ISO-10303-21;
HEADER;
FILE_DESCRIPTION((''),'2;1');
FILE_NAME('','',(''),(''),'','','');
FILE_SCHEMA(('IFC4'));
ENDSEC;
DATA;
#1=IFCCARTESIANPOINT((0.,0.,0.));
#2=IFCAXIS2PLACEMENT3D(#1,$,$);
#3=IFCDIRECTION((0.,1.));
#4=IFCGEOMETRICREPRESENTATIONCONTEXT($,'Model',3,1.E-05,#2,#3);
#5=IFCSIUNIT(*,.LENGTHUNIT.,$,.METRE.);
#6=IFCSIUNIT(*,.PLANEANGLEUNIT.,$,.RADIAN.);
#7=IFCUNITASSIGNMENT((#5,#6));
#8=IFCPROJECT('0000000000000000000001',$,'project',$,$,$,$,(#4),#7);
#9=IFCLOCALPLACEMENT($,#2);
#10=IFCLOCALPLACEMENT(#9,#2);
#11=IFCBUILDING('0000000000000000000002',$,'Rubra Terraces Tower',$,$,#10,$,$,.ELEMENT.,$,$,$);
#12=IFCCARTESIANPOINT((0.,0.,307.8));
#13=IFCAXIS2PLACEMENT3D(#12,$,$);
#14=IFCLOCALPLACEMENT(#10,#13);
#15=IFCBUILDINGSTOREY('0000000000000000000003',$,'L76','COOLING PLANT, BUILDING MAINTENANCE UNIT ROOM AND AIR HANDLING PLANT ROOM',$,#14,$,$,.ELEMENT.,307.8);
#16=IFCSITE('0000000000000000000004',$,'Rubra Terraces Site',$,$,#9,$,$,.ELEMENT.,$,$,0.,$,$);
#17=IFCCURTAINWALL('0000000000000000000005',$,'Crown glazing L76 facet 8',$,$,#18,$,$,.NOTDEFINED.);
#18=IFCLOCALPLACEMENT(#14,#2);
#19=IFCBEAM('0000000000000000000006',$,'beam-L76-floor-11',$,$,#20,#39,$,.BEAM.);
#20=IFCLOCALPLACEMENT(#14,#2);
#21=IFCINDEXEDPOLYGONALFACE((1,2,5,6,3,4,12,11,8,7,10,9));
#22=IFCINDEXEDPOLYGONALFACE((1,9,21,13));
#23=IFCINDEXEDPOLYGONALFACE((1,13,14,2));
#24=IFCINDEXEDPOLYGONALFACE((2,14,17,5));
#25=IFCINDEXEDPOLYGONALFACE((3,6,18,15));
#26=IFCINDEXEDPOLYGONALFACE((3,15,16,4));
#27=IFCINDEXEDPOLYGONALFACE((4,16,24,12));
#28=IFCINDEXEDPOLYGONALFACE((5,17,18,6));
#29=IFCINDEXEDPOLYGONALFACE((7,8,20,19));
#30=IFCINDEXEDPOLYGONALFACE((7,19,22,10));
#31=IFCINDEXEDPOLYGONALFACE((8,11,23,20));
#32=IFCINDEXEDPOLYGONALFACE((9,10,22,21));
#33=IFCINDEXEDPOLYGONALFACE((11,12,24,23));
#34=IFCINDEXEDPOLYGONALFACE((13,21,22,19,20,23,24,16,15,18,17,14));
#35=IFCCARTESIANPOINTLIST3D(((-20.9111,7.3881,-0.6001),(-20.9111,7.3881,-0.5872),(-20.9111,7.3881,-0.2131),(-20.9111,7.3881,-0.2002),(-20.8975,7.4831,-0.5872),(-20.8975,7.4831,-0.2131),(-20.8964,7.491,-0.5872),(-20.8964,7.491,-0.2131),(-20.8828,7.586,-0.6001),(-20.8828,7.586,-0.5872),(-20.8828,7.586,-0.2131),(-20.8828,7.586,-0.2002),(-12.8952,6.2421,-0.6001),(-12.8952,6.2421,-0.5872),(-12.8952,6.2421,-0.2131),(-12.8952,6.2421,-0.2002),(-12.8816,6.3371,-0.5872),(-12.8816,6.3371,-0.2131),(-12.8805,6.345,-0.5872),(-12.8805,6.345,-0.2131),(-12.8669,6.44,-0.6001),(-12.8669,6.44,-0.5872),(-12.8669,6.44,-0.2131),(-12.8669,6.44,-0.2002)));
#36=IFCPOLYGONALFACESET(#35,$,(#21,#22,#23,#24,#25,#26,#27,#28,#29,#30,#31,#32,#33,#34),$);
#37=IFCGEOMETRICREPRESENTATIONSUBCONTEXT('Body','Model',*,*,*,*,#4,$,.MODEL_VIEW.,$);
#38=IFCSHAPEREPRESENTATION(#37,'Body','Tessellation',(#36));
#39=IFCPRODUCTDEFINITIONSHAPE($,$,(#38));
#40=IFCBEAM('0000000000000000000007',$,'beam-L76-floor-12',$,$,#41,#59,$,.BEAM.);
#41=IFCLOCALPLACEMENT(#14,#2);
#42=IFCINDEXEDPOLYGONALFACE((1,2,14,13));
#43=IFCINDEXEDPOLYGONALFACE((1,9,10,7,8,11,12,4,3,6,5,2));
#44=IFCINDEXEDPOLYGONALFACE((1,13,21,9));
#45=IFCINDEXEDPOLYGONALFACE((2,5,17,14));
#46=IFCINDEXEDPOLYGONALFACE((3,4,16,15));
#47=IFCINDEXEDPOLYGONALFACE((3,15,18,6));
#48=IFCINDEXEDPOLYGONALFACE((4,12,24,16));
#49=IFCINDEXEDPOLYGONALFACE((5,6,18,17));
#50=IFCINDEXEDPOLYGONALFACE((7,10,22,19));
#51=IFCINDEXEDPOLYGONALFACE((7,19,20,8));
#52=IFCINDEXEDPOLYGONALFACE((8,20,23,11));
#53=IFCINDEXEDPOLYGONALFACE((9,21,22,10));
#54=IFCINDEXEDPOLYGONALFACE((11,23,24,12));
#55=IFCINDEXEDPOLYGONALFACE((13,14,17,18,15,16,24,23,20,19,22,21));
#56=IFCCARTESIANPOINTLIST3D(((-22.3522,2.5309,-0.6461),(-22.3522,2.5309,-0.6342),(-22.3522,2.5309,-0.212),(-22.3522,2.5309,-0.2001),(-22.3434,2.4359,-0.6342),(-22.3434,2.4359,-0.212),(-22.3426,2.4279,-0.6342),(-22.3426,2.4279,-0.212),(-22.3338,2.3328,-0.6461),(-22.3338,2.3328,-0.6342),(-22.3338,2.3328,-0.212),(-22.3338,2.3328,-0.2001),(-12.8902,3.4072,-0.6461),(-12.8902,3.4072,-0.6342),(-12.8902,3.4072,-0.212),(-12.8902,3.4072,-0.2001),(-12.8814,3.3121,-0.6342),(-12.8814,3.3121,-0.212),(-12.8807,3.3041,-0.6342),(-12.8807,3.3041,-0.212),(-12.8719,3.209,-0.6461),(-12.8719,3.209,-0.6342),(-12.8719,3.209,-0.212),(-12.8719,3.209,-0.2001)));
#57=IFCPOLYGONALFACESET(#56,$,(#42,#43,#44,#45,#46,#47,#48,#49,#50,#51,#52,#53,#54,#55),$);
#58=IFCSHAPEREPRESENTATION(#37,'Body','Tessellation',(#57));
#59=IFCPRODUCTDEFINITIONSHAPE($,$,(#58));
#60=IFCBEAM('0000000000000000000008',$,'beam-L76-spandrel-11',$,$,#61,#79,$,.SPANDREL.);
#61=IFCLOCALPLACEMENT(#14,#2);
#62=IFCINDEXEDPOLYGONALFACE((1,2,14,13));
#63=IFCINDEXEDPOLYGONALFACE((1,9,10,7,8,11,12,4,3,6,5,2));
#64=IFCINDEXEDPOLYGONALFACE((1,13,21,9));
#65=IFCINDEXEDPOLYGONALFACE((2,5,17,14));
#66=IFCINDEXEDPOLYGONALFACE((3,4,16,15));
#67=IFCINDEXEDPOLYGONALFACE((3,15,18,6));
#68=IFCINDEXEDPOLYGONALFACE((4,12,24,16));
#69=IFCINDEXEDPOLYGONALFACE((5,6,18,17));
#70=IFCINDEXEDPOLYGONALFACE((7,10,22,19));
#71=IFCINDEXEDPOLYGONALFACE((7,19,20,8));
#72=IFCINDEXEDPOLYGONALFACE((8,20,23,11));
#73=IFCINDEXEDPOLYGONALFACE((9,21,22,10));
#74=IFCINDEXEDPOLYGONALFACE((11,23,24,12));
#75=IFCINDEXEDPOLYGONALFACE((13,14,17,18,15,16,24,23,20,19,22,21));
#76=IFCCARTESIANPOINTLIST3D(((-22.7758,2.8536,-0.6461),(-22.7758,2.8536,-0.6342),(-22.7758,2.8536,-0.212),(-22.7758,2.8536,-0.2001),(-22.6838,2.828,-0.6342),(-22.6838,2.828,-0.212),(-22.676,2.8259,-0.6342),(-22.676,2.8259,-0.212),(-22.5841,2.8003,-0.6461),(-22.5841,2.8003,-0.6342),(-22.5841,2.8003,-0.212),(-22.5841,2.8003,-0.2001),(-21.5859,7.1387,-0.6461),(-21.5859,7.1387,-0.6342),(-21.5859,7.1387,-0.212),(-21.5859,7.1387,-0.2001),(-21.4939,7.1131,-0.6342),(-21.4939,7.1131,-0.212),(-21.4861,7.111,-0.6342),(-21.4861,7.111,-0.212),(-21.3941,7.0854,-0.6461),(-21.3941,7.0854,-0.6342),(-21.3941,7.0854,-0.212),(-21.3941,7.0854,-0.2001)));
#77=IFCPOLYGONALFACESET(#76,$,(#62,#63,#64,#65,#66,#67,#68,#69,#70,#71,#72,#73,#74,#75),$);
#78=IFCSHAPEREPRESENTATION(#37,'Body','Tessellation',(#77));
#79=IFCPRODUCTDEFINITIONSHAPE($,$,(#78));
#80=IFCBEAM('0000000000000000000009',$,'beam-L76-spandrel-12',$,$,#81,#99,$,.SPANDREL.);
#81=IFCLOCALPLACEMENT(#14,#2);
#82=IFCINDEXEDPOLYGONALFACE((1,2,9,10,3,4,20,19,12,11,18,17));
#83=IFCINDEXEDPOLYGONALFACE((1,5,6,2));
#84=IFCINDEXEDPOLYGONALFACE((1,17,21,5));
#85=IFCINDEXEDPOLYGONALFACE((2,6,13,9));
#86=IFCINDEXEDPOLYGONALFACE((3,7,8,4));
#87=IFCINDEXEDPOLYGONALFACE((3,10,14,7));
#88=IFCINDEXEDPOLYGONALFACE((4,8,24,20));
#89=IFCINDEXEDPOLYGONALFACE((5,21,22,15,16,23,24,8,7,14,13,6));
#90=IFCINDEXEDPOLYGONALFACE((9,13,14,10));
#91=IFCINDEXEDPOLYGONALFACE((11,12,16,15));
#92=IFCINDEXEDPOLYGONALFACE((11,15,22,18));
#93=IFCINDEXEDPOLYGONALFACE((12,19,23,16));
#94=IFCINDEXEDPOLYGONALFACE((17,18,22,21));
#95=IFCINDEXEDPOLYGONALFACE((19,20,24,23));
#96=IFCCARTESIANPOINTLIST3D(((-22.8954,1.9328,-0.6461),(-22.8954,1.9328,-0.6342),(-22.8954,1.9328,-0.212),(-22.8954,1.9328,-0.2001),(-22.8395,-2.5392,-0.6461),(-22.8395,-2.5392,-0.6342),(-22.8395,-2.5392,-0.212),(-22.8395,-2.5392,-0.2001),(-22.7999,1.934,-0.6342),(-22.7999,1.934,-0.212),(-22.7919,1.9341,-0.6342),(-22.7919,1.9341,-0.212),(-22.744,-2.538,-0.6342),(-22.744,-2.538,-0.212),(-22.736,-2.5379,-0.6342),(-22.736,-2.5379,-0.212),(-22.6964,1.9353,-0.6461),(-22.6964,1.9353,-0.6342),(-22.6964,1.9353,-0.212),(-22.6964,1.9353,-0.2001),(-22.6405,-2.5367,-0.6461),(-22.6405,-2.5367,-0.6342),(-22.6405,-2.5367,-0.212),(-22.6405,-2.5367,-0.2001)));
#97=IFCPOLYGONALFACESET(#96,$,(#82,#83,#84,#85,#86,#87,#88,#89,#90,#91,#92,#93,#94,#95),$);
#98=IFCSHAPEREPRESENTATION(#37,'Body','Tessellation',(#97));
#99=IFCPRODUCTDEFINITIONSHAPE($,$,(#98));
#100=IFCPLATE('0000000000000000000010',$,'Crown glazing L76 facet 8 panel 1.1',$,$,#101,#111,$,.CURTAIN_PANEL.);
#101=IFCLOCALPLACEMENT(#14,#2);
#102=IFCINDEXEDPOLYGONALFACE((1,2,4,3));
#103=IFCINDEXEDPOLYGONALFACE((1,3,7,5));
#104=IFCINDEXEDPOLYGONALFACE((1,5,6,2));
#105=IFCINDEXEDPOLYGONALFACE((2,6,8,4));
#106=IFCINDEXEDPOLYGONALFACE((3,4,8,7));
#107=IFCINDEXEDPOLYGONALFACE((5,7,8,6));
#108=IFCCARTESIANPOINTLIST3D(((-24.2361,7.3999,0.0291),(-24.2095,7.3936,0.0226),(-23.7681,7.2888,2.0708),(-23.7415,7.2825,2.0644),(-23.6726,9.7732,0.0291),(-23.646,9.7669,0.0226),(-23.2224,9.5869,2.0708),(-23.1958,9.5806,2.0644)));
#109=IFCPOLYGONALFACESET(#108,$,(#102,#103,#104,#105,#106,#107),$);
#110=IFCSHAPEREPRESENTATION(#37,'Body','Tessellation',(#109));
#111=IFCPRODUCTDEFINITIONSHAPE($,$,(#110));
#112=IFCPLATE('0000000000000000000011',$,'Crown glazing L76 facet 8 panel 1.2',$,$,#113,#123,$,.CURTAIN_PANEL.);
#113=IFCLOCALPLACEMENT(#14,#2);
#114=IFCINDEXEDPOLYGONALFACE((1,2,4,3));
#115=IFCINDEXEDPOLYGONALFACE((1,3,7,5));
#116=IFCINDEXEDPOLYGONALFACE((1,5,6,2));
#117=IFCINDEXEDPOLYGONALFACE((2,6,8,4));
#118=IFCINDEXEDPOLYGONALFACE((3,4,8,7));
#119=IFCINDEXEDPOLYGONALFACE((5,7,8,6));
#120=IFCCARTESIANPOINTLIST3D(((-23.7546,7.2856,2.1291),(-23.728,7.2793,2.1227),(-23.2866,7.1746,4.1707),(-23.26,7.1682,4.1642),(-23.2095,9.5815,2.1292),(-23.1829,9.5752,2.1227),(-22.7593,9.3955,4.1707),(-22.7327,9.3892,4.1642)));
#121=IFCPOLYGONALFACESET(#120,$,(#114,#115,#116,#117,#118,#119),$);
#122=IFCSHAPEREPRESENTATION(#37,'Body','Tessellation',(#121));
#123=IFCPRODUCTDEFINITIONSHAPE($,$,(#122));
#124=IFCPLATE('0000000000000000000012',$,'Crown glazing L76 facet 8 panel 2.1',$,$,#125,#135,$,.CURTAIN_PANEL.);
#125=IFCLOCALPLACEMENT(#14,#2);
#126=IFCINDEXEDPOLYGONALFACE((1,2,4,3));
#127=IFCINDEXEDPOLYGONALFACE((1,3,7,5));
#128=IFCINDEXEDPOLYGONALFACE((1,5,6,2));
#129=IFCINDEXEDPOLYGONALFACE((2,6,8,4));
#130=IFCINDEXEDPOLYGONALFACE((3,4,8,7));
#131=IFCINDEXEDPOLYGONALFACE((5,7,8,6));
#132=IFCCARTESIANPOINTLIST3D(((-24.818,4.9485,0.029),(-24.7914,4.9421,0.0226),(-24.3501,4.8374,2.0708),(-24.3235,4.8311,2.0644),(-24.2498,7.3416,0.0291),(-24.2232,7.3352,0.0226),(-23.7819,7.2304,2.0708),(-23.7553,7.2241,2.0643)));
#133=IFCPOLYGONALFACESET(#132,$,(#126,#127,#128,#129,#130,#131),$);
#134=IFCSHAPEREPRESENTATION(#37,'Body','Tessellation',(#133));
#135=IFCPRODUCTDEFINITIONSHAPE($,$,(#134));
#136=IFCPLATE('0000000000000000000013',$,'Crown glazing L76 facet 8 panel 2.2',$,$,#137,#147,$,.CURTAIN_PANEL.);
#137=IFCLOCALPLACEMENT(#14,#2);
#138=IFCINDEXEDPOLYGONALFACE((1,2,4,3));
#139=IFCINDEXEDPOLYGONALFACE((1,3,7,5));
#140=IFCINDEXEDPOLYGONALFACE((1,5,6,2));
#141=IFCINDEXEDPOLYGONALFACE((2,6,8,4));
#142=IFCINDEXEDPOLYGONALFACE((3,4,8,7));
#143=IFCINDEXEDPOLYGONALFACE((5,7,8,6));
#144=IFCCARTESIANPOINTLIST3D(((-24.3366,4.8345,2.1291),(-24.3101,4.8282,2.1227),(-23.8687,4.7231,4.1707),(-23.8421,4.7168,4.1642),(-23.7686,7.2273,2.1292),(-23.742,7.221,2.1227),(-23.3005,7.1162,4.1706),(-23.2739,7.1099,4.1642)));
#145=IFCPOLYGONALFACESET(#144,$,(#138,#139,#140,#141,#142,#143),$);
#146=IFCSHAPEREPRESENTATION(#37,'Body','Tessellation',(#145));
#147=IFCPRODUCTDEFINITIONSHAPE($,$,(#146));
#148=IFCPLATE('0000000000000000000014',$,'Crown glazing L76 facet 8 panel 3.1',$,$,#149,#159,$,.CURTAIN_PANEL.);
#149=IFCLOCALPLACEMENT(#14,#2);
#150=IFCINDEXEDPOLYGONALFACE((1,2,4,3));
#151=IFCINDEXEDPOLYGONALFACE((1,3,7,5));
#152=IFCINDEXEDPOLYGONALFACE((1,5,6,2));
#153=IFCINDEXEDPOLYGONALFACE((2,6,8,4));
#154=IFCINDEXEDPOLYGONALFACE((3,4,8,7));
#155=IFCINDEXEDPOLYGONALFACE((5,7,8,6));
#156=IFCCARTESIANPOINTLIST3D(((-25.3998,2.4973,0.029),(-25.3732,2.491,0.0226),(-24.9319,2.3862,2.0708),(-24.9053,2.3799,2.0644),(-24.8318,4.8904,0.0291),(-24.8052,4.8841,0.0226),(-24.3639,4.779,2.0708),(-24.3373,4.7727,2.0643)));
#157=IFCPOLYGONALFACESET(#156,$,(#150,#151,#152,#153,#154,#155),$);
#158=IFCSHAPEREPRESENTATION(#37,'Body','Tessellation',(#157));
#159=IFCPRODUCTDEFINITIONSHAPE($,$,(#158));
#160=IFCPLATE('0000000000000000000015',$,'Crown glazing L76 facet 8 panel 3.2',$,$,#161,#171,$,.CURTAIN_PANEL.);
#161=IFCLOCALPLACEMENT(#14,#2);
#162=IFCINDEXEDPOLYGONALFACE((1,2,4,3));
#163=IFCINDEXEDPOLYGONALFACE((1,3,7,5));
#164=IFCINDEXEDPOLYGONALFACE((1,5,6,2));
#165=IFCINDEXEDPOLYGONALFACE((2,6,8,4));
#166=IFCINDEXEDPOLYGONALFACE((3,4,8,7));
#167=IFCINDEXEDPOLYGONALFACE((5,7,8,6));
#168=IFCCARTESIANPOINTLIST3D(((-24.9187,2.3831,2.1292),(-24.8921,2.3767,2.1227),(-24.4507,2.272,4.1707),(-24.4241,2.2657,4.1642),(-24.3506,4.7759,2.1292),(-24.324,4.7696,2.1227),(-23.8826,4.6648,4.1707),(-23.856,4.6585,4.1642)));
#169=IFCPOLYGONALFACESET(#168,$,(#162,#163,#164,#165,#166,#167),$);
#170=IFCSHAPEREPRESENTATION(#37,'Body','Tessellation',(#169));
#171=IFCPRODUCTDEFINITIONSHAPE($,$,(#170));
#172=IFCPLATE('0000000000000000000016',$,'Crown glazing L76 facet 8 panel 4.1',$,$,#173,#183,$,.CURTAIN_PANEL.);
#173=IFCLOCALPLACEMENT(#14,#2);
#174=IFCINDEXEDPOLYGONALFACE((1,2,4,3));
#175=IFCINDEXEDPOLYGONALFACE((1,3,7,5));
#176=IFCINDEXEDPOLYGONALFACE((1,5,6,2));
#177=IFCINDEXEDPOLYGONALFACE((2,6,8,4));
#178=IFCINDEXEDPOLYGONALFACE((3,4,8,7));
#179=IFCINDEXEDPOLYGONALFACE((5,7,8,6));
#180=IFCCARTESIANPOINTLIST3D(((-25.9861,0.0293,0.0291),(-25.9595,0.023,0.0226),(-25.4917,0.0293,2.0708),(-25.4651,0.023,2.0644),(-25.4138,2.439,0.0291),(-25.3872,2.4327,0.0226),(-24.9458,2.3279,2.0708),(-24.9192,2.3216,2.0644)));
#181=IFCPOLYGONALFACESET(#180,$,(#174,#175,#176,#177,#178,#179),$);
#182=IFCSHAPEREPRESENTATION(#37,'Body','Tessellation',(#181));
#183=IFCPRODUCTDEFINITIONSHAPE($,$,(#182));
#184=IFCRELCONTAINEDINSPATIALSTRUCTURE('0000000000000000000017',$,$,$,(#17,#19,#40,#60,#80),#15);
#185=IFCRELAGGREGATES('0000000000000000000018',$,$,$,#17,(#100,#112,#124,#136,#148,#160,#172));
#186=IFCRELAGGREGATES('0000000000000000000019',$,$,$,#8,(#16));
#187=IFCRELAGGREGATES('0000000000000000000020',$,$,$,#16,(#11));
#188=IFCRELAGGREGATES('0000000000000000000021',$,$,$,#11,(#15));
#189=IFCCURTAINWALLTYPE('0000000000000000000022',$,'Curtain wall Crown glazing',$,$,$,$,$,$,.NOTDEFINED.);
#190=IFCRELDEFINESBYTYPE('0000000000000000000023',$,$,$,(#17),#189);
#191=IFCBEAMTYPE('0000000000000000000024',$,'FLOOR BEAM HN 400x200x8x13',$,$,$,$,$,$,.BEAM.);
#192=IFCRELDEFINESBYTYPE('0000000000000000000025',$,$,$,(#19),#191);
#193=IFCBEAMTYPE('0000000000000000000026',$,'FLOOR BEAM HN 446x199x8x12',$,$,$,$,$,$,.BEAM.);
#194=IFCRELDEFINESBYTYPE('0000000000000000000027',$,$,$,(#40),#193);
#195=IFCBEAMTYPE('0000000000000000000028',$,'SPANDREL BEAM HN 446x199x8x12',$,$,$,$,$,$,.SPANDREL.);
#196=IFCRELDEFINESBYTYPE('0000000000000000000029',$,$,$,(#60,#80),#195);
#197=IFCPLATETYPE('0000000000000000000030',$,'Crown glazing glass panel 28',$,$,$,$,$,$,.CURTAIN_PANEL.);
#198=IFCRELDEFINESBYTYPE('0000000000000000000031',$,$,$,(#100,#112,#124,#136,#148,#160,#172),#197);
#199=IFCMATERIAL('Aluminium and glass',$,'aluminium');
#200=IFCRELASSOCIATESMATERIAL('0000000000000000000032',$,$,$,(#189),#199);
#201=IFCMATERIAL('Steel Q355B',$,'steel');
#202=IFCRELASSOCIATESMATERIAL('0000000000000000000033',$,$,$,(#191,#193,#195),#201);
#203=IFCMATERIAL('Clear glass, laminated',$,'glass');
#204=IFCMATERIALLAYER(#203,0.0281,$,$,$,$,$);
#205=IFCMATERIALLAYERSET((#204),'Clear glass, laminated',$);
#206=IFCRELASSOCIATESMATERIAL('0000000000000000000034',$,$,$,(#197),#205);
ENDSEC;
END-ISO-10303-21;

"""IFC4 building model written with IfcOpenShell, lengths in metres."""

from ifc_helpers import new_model, si_unit, direction, frame, origin, origin_2d, place, context, subcontext, project, spatial, polyline, i_section, outline, extrude, material, layer, layer_set, material_profile, profile_set, type_object, element, aggregate, save


model = new_model("IFC4")

# Units and contexts
model_context = context("Model", 3, precision=1e-05, world=origin(), true_north=direction((0.0, 1.0)))
body_context = subcontext(model_context, "Body", "Model", "MODEL_VIEW")
ifc_project = project(units=[si_unit("LENGTHUNIT", "METRE"), si_unit("PLANEANGLEUNIT", "RADIAN")], contexts=[model_context])

# Site, building, storey
site_placement = place(None, origin())
site = spatial("IfcSite", under=ifc_project, at=site_placement, Name="Rubra Terraces Site", CompositionType="ELEMENT", RefElevation=0.0)
building_placement = place(site_placement, origin())
building = spatial("IfcBuilding", under=site, at=building_placement, Name="Rubra Terraces Tower", CompositionType="ELEMENT")
storey_placement = place(building_placement, frame((0.0, 0.0, 307.8)))
storey = spatial("IfcBuildingStorey", under=building, at=storey_placement, Name="L76", Description="COOLING PLANT, BUILDING MAINTENANCE UNIT ROOM AND AIR HANDLING PLANT ROOM", CompositionType="ELEMENT", Elevation=307.8)

# Shared definitions
ifc_material_1 = material(Name="Steel Q355B", Category="steel")

# Curtain wall
ifc_material_2 = material(Name="Aluminium and glass", Category="aluminium")
curtain_wall_type = type_object("IfcCurtainWallType", Name="Curtain wall Crown glazing", PredefinedType="NOTDEFINED", material=ifc_material_2)
curtain_wall_placement = place(storey_placement, origin())
curtain_wall = element("IfcCurtainWall", 1, at=curtain_wall_placement, inside=storey, type_object=curtain_wall_type, Name="Crown glazing L76 facet 8", PredefinedType="NOTDEFINED")

# Beams
ifc_material_profile_1 = material_profile(ifc_material_1, i_section(OverallWidth=0.2, OverallDepth=0.3999, WebThickness=0.0081, FlangeThickness=0.0129, at=origin_2d()), Name="HN 400x200x8x13")
ifc_profile_set_1 = profile_set([ifc_material_profile_1], Name="Steel Q355B")
beam_type_1 = type_object("IfcBeamType", Name="FLOOR BEAM HN 400x200x8x13", PredefinedType="BEAM", material=ifc_profile_set_1)
beam_1_placement = place(storey_placement, frame((-20.897, 7.4871, -0.4001), z_axis=(0.989934, -0.141527, 0.0), x_axis=(0.141527, 0.989934, 0.0)))
element("IfcBeam", 2, at=beam_1_placement, inside=storey, type_object=beam_type_1, Name="beam-L76-floor-11", PredefinedType="BEAM", context=body_context, shape_type="SweptSolid", body=[
    extrude(i_section(OverallWidth=0.2, OverallDepth=0.3999, WebThickness=0.0081, FlangeThickness=0.0129, at=origin_2d()), origin(), (0.0, 0.0, 1.0), 8.0974),
])
ifc_material_profile_2 = material_profile(ifc_material_1, i_section(OverallWidth=0.199, OverallDepth=0.446, WebThickness=0.0081, FlangeThickness=0.012, at=origin_2d()), Name="HN 446x199x8x12")
ifc_profile_set_2 = profile_set([ifc_material_profile_2], Name="Steel Q355B")
beam_type_2 = type_object("IfcBeamType", Name="FLOOR BEAM HN 446x199x8x12", PredefinedType="BEAM", material=ifc_profile_set_2)
beam_2_placement = place(storey_placement, frame((-22.343, 2.4319, -0.4231), z_axis=(0.99574, 0.09221, 0.0), x_axis=(-0.09221, 0.99574, 0.0)))
element("IfcBeam", 3, at=beam_2_placement, inside=storey, type_object=beam_type_2, Name="beam-L76-floor-12", PredefinedType="BEAM", context=body_context, shape_type="SweptSolid", body=[
    extrude(i_section(OverallWidth=0.199, OverallDepth=0.446, WebThickness=0.0081, FlangeThickness=0.012, at=origin_2d()), origin(), (0.0, 0.0, 1.0), 9.5024),
])
ifc_material_profile_3 = material_profile(ifc_material_1, i_section(OverallWidth=0.199, OverallDepth=0.446, WebThickness=0.0081, FlangeThickness=0.012, at=origin_2d()), Name="HN 446x199x8x12")
ifc_profile_set_3 = profile_set([ifc_material_profile_3], Name="Steel Q355B")
beam_type_3 = type_object("IfcBeamType", Name="SPANDREL BEAM HN 446x199x8x12", PredefinedType="SPANDREL", material=ifc_profile_set_3)
beam_3_placement = place(storey_placement, frame((-21.49, 7.1121, -0.4231), z_axis=(-0.267565, -0.96354, 0.0), x_axis=(0.96354, -0.267565, 0.0)))
element("IfcBeam", 4, at=beam_3_placement, inside=storey, type_object=beam_type_3, Name="beam-L76-spandrel-11", PredefinedType="SPANDREL", context=body_context, shape_type="SweptSolid", body=[
    extrude(i_section(OverallWidth=0.199, OverallDepth=0.446, WebThickness=0.0081, FlangeThickness=0.012, at=origin_2d()), origin(), (0.0, 0.0, 1.0), 4.4473),
])
beam_4_placement = place(storey_placement, frame((-22.7959, 1.9341, -0.4231), z_axis=(0.0125, -0.999922, 0.0), x_axis=(0.999922, 0.0125, 0.0)))
element("IfcBeam", 5, at=beam_4_placement, inside=storey, type_object=beam_type_3, Name="beam-L76-spandrel-12", PredefinedType="SPANDREL", context=body_context, shape_type="SweptSolid", body=[
    extrude(i_section(OverallWidth=0.199, OverallDepth=0.446, WebThickness=0.0081, FlangeThickness=0.012, at=origin_2d()), origin(), (0.0, 0.0, 1.0), 4.4724),
])

# Plates
ifc_material_3 = material(Name="Clear glass, laminated", Category="glass")
ifc_layer_1 = layer(ifc_material_3, 0.0281)
ifc_layer_set_1 = layer_set([ifc_layer_1], Name="Clear glass, laminated")
plate_type = type_object("IfcPlateType", Name="Crown glazing glass panel 28", PredefinedType="CURTAIN_PANEL", material=ifc_layer_set_1)
plate_1_placement = place(storey_placement, frame((-23.6726, 9.7732, 0.0291), z_axis=(-0.947023, 0.224852, 0.229321), x_axis=(-0.231008, -0.972952, 0.000001)))
plate_1 = element("IfcPlate", 6, at=plate_1_placement, type_object=plate_type, Name="Crown glazing L76 facet 8 panel 1.1", PredefinedType="CURTAIN_PANEL", context=body_context, shape_type="SweptSolid", body=[
    extrude(outline(polyline([(0.0, 0.0), (2.4393, 0.0), (2.4392, 2.0976), (0.0772, 2.0977), (0.0, 0.0)])), origin(), (0.0, 0.0, -1.0), 0.0281),
])
plate_2_placement = place(storey_placement, frame((-23.2095, 9.5815, 2.1292), z_axis=(-0.947017, 0.224866, 0.229335), x_axis=(-0.231024, -0.972948, -0.000001)))
plate_2 = element("IfcPlate", 7, at=plate_2_placement, type_object=plate_type, Name="Crown glazing L76 facet 8 panel 1.2", PredefinedType="CURTAIN_PANEL", context=body_context, shape_type="SweptSolid", body=[
    extrude(outline(polyline([(0.0, 0.0), (2.3597, 0.0), (2.3597, 2.0974), (0.077, 2.0974), (0.0, 0.0)])), origin(), (0.0, 0.0, -1.0), 0.0281),
])
plate_3_placement = place(storey_placement, frame((-24.2498, 7.3416, 0.0291), z_axis=(-0.947033, 0.224874, 0.229261), x_axis=(-0.23103, -0.972947, -0.000011)))
plate_3 = element("IfcPlate", 8, at=plate_3_placement, type_object=plate_type, Name="Crown glazing L76 facet 8 panel 2.1", PredefinedType="CURTAIN_PANEL", context=body_context, shape_type="SweptSolid", body=[
    extrude(outline(polyline([(0.0, 0.0), (2.4596, 0.0), (2.4596, 2.0976), (0.0, 2.0976), (0.0, 0.0)])), origin(), (0.0, 0.0, -1.0), 0.0281),
])
plate_4_placement = place(storey_placement, frame((-23.7686, 7.2273, 2.1292), z_axis=(-0.94702, 0.224834, 0.229353), x_axis=(-0.230993, -0.972956, -0.000003)))
plate_4 = element("IfcPlate", 9, at=plate_4_placement, type_object=plate_type, Name="Crown glazing L76 facet 8 panel 2.2", PredefinedType="CURTAIN_PANEL", context=body_context, shape_type="SweptSolid", body=[
    extrude(outline(polyline([(0.0, 0.0), (2.4593, 0.0), (2.4595, 2.0974), (0.0, 2.0974), (0.0, 0.0)])), origin(), (0.0, 0.0, -1.0), 0.0281),
])
plate_5_placement = place(storey_placement, frame((-24.8318, 4.8904, 0.0291), z_axis=(-0.947049, 0.224793, 0.229273), x_axis=(-0.230947, -0.972966, -0.000008)))
plate_5 = element("IfcPlate", 10, at=plate_5_placement, type_object=plate_type, Name="Crown glazing L76 facet 8 panel 3.1", PredefinedType="CURTAIN_PANEL", context=body_context, shape_type="SweptSolid", body=[
    extrude(outline(polyline([(0.0, 0.0), (2.4596, 0.0), (2.4596, 2.0976), (0.0003, 2.0976), (0.0, 0.0)])), origin(), (0.0, 0.0, -1.0), 0.0281),
])
plate_6_placement = place(storey_placement, frame((-24.3506, 4.7759, 2.1292), z_axis=(-0.94702, 0.224846, 0.22934), x_axis=(-0.231003, -0.972953, 0.0)))
plate_6 = element("IfcPlate", 11, at=plate_6_placement, type_object=plate_type, Name="Crown glazing L76 facet 8 panel 3.2", PredefinedType="CURTAIN_PANEL", context=body_context, shape_type="SweptSolid", body=[
    extrude(outline(polyline([(0.0, 0.0), (2.4593, 0.0), (2.4593, 2.0974), (0.0, 2.0974), (0.0, 0.0)])), origin(), (0.0, 0.0, -1.0), 0.0281),
])
plate_7_placement = place(storey_placement, frame((-25.4138, 2.439, 0.0291), z_axis=(-0.947013, 0.224906, 0.229311), x_axis=(-0.231063, -0.972939, 0.000001)))
plate_7 = element("IfcPlate", 12, at=plate_7_placement, type_object=plate_type, Name="Crown glazing L76 facet 8 panel 4.1", PredefinedType="CURTAIN_PANEL", context=body_context, shape_type="SweptSolid", body=[
    extrude(outline(polyline([(0.0, 0.0), (2.4767, 0.0), (2.3625, 2.0976), (-0.0001, 2.0976), (0.0, 0.0)])), origin(), (0.0, 0.0, -1.0), 0.0281),
])
aggregate(curtain_wall, [plate_1, plate_2, plate_3, plate_4, plate_5, plate_6, plate_7])

save(model, "model.ifc")
